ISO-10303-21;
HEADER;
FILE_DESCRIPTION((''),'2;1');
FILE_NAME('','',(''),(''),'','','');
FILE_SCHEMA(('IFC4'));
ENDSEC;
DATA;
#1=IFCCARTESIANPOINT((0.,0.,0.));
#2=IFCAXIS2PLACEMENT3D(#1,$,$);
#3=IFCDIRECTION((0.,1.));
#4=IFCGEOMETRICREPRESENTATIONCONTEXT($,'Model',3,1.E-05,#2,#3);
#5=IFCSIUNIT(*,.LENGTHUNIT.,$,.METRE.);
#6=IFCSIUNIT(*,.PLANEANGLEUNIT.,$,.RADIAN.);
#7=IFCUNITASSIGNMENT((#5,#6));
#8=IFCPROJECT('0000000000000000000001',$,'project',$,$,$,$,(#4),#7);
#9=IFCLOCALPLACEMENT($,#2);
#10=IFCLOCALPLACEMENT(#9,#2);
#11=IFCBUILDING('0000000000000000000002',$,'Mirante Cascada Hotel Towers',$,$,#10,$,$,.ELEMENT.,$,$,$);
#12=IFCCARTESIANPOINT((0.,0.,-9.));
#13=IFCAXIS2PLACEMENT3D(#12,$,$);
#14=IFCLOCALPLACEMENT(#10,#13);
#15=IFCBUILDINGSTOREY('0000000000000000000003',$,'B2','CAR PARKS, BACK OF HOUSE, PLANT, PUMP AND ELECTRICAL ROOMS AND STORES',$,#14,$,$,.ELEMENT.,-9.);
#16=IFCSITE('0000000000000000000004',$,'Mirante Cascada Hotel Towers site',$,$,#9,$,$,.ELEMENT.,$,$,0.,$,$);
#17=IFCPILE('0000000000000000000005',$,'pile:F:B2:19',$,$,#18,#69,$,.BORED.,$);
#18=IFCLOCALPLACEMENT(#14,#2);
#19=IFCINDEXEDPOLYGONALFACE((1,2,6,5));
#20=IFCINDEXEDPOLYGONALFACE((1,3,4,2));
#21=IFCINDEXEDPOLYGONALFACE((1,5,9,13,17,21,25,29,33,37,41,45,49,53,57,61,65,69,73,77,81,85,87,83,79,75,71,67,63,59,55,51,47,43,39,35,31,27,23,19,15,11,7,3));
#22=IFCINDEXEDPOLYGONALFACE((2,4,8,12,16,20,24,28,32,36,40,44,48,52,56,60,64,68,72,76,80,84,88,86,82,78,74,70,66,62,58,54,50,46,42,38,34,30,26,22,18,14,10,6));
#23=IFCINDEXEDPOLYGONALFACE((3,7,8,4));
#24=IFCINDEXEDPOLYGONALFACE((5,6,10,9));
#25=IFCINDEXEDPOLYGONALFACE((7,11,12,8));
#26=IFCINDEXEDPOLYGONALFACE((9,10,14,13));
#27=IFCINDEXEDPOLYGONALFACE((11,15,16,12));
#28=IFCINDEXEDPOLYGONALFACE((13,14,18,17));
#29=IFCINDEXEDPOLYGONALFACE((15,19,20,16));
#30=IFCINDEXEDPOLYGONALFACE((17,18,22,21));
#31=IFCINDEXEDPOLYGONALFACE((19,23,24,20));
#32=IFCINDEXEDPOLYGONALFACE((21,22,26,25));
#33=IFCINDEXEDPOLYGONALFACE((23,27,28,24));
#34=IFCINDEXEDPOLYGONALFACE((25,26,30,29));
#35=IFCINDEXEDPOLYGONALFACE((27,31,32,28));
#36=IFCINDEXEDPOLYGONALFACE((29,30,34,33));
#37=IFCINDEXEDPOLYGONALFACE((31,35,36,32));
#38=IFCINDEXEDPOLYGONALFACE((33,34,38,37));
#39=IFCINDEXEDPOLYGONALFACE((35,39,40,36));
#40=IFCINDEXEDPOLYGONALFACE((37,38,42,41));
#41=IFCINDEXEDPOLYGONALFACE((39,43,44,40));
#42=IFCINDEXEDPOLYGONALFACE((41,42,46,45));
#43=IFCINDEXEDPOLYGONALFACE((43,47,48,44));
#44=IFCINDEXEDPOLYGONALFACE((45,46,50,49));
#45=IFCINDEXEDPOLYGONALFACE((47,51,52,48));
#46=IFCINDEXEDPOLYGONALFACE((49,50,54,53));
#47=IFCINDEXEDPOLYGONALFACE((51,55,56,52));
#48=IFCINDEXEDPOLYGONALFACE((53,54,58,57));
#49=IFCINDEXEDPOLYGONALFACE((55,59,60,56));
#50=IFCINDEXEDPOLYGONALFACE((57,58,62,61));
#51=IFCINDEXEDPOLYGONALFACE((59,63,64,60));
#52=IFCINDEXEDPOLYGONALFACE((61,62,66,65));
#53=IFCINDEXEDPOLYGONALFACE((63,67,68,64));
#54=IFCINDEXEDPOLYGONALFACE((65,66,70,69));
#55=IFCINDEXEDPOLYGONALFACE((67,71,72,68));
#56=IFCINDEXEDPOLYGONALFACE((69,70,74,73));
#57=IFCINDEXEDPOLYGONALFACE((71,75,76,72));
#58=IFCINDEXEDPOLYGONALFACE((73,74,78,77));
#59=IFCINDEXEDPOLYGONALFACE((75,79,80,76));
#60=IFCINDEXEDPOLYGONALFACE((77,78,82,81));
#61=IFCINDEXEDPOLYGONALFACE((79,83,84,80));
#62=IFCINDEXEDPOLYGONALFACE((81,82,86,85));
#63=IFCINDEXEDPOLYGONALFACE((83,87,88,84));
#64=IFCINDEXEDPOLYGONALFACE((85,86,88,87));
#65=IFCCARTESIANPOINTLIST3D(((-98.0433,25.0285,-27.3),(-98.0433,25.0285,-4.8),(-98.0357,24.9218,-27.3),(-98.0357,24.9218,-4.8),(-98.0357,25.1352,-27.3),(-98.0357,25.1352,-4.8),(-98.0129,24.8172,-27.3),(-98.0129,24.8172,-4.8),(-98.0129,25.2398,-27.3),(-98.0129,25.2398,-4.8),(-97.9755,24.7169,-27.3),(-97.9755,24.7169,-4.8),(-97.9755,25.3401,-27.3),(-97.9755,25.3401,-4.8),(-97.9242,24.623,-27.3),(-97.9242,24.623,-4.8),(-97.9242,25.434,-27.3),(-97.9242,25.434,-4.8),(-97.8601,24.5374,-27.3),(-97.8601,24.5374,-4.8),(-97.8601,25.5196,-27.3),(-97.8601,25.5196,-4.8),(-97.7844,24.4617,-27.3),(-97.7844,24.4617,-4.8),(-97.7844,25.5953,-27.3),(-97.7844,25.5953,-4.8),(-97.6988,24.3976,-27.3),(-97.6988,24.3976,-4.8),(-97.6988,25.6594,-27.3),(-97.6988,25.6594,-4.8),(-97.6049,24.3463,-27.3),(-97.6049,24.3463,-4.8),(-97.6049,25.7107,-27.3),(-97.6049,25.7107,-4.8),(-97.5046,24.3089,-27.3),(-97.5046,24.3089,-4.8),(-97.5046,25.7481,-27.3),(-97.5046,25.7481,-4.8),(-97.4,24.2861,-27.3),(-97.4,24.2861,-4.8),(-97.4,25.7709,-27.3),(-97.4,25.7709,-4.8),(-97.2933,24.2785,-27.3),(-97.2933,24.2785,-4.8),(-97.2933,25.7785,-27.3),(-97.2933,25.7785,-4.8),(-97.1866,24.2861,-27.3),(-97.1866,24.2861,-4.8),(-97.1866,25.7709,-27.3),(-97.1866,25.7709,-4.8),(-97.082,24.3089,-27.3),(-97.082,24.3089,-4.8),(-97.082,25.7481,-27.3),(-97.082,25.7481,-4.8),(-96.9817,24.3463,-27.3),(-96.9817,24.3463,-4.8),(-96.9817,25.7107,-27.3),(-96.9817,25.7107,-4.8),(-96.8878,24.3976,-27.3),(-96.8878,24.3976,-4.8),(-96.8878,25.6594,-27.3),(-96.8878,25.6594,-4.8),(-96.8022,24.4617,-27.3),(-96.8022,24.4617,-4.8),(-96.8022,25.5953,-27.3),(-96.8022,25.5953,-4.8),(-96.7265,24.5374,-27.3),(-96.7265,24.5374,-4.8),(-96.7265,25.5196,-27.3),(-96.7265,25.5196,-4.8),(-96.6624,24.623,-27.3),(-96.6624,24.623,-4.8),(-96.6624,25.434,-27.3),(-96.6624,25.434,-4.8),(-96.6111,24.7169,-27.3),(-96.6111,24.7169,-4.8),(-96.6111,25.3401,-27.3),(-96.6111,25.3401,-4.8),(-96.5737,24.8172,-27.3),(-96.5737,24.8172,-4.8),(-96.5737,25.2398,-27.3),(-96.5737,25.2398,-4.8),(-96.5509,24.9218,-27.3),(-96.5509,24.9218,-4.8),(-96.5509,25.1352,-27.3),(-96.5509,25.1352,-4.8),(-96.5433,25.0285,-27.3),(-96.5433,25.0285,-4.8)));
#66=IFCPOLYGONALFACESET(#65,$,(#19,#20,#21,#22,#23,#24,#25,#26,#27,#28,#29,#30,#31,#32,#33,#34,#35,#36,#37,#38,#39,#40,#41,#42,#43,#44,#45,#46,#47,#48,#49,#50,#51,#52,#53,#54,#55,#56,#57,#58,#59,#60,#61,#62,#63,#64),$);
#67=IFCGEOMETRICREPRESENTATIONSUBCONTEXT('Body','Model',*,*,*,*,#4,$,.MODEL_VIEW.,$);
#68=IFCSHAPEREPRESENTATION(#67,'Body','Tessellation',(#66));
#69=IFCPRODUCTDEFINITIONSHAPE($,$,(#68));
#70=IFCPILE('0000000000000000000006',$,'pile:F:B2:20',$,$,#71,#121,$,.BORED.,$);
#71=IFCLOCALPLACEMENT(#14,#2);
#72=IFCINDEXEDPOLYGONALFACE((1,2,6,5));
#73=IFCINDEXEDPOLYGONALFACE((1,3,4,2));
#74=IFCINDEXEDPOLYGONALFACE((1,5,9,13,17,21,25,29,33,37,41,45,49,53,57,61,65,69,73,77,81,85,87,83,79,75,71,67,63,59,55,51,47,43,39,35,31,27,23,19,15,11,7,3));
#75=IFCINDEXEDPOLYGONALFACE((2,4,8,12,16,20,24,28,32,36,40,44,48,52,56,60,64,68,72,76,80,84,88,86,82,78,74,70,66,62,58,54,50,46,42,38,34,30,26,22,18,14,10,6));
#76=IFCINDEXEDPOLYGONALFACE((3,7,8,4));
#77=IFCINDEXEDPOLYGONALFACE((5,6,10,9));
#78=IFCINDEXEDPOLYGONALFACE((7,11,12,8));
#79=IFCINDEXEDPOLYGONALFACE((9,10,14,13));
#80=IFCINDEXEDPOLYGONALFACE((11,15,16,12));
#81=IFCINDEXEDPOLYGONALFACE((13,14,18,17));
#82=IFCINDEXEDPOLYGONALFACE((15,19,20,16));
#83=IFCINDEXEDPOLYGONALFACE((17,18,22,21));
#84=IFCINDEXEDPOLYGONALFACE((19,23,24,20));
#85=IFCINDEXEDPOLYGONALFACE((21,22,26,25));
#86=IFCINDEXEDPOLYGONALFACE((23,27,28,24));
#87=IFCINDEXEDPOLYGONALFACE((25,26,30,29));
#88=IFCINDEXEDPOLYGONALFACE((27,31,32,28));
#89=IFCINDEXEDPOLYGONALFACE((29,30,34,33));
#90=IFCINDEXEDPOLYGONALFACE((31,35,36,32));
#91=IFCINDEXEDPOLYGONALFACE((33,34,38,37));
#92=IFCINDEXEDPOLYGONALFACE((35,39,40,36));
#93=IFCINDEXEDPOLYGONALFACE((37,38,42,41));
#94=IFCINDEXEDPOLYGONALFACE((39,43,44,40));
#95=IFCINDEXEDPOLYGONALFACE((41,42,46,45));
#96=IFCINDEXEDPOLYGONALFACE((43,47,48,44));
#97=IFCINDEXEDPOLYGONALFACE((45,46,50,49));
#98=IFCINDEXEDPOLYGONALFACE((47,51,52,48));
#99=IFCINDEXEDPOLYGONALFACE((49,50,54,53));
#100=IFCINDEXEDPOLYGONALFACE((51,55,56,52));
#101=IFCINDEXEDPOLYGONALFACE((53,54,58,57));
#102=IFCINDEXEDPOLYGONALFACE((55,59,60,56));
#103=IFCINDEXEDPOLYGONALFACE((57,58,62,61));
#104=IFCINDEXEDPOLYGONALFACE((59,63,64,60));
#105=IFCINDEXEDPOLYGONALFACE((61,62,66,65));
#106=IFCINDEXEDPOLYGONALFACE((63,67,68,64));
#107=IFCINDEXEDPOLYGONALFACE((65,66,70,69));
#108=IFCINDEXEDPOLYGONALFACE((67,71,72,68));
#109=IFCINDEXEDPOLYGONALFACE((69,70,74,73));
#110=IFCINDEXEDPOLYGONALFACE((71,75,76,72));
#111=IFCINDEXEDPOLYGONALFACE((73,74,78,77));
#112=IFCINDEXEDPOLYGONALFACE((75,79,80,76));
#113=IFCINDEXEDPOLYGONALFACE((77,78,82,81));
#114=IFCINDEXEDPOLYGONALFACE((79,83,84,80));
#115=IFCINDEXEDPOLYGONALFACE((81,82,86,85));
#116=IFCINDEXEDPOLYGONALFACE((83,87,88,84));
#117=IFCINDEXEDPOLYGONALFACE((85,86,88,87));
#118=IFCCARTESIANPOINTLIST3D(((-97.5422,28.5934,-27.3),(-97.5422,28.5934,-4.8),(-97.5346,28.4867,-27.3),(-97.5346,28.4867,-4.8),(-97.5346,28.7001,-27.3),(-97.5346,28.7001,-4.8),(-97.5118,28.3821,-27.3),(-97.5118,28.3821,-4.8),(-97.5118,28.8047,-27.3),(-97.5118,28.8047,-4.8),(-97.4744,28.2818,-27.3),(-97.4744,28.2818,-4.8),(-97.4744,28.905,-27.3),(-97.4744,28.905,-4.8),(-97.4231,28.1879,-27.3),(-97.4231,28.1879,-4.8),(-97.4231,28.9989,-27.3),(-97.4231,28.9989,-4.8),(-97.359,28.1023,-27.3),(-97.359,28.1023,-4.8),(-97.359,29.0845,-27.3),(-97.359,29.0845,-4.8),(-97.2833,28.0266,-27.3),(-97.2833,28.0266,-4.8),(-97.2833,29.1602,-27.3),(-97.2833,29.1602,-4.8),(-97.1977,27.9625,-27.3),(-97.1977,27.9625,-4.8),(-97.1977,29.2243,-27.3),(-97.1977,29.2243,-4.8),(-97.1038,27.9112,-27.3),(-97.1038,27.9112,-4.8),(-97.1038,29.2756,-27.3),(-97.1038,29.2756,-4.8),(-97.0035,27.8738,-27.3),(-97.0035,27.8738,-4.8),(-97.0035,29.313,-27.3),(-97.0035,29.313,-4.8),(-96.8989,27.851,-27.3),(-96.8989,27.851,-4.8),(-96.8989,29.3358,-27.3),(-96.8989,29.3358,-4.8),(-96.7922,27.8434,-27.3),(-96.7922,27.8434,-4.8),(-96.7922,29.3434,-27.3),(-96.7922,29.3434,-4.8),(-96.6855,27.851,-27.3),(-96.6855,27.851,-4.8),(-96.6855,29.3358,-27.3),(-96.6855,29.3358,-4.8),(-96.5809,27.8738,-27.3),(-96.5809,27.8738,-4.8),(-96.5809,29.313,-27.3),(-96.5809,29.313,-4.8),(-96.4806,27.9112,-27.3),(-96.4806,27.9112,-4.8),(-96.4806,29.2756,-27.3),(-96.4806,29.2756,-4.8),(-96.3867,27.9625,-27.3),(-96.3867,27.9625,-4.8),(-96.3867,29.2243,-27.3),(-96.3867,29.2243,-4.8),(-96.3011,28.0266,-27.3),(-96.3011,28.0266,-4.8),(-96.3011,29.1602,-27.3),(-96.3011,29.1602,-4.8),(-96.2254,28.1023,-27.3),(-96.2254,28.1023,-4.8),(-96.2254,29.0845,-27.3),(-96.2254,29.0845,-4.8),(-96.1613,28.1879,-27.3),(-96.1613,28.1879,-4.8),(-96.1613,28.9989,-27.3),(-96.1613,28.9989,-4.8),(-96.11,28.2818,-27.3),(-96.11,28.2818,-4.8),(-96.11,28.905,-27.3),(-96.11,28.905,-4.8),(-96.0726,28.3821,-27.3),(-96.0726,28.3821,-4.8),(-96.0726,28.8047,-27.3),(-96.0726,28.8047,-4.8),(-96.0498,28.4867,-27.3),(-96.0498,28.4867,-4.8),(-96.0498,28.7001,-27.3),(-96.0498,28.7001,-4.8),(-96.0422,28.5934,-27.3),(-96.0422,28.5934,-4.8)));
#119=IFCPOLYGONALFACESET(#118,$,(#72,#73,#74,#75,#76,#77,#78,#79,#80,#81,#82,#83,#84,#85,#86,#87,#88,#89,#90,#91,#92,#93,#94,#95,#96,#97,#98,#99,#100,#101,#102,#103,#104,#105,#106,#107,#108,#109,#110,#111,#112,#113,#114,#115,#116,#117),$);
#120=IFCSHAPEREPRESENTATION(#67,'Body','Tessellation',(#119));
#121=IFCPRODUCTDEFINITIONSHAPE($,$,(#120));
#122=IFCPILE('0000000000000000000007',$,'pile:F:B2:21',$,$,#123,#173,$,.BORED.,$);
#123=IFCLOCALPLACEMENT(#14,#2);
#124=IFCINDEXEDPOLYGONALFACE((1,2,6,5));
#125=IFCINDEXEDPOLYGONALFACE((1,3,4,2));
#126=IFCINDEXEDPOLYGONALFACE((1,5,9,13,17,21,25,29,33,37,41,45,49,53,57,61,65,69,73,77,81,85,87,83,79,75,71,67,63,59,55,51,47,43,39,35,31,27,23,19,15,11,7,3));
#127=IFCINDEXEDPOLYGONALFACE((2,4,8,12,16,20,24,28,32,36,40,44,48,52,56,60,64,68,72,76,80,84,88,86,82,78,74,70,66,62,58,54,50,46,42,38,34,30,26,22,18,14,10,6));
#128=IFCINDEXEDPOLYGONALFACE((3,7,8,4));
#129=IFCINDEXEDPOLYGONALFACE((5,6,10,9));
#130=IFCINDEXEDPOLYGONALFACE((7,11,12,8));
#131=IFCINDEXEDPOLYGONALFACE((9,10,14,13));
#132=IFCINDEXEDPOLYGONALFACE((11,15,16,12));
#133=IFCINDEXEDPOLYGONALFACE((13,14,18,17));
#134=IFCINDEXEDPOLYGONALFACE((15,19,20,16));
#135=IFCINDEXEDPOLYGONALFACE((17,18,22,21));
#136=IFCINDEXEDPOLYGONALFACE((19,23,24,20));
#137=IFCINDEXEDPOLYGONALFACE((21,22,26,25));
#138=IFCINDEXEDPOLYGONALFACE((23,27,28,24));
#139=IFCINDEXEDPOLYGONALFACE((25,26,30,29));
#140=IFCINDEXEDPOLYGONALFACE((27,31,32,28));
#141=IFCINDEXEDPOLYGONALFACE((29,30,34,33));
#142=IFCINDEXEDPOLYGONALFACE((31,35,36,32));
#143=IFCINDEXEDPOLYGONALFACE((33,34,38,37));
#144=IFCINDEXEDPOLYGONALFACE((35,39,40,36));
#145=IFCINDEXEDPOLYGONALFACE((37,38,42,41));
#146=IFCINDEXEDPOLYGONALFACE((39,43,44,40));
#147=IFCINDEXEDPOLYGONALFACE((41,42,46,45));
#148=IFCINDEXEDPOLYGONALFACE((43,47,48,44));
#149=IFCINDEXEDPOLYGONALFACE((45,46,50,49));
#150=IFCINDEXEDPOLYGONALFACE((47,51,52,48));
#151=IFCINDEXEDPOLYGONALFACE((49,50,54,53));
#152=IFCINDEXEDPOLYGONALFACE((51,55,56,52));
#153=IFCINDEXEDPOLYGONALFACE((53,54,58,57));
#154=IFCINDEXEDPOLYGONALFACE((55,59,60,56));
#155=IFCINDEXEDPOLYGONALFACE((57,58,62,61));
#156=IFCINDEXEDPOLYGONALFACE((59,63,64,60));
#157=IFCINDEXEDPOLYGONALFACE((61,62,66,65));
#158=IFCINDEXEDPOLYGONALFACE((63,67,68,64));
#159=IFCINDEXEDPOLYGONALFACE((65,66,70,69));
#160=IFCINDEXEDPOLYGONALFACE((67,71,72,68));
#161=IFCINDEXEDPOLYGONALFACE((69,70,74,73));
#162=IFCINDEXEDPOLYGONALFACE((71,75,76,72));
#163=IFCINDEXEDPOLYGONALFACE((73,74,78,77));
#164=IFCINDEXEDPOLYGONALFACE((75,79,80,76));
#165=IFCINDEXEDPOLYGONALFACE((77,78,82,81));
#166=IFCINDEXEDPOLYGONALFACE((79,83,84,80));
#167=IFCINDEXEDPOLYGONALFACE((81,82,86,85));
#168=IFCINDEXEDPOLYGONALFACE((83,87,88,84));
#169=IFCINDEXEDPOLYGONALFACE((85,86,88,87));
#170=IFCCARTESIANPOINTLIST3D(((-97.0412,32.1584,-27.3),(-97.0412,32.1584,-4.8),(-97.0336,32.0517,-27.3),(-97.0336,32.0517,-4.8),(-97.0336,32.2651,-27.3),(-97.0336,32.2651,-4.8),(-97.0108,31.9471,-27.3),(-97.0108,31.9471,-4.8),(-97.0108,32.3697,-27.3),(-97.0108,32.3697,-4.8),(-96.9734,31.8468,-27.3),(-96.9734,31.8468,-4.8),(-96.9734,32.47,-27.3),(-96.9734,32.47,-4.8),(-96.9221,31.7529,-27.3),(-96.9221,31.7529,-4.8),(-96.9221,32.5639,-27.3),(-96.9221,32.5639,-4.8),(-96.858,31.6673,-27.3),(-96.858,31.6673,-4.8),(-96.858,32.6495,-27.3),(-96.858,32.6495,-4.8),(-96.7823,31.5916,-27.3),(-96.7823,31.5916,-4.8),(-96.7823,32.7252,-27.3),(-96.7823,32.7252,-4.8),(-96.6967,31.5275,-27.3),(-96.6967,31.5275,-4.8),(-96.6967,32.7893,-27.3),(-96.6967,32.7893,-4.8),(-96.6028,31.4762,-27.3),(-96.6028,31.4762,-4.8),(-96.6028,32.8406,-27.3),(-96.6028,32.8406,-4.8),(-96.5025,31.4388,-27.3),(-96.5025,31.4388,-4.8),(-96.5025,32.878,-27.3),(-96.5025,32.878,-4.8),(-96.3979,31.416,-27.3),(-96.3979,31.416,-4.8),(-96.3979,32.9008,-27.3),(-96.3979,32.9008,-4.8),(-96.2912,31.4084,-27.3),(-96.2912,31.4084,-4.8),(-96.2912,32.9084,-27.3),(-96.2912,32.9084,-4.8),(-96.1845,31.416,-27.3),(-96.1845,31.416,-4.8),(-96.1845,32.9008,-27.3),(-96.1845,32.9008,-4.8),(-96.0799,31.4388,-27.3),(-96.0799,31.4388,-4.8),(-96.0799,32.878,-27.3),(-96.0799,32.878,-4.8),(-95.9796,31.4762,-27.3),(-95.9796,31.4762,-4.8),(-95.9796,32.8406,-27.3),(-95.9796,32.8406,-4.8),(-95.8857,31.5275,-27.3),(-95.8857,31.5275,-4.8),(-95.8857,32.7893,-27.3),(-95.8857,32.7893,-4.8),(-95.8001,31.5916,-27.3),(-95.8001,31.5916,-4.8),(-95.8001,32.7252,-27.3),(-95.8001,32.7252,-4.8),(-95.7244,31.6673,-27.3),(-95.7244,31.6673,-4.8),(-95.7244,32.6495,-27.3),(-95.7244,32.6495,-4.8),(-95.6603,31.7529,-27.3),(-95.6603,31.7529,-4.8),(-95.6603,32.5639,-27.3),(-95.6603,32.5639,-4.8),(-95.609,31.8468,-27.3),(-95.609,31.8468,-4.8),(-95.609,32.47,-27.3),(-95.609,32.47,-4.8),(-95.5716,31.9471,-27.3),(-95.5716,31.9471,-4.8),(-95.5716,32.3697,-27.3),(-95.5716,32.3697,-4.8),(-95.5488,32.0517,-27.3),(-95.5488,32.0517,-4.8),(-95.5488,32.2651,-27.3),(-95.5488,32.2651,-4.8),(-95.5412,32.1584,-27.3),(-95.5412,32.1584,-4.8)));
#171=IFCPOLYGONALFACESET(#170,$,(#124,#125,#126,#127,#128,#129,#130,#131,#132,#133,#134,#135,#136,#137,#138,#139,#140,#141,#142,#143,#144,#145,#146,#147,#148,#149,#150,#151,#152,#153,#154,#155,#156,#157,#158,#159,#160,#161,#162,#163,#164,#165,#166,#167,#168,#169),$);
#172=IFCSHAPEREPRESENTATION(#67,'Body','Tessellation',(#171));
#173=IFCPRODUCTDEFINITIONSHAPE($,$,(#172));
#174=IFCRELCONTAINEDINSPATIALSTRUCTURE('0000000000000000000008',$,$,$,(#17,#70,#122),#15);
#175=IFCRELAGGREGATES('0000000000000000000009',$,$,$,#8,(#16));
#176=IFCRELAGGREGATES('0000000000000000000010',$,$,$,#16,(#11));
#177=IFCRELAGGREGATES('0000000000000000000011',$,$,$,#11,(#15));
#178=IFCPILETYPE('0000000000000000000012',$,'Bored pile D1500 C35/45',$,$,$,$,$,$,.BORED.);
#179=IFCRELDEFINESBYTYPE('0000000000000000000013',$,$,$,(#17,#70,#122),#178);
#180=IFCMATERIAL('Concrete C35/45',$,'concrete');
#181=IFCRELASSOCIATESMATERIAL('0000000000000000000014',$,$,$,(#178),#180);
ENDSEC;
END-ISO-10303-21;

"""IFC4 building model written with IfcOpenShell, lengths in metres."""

from ifc_helpers import new_model, si_unit, direction, frame, origin, origin_2d, place, context, subcontext, project, spatial, circle, extrude, material, material_profile, profile_set, type_object, element, save


model = new_model("IFC4")

# Units and contexts
model_context = context("Model", 3, precision=1e-05, world=origin(), true_north=direction((0.0, 1.0)))
body_context = subcontext(model_context, "Body", "Model", "MODEL_VIEW")
ifc_project = project(units=[si_unit("LENGTHUNIT", "METRE"), si_unit("PLANEANGLEUNIT", "RADIAN")], contexts=[model_context])

# Site, building, storey
site_placement = place(None, origin())
site = spatial("IfcSite", under=ifc_project, at=site_placement, Name="Mirante Cascada Hotel Towers site", CompositionType="ELEMENT", RefElevation=0.0)
building_placement = place(site_placement, origin())
building = spatial("IfcBuilding", under=site, at=building_placement, Name="Mirante Cascada Hotel Towers", CompositionType="ELEMENT")
storey_placement = place(building_placement, frame((0.0, 0.0, -9.0)))
storey = spatial("IfcBuildingStorey", under=building, at=storey_placement, Name="B2", Description="CAR PARKS, BACK OF HOUSE, PLANT, PUMP AND ELECTRICAL ROOMS AND STORES", CompositionType="ELEMENT", Elevation=-9.0)

# Piles
ifc_material_1 = material(Name="Concrete C35/45", Category="concrete")
ifc_material_profile_1 = material_profile(ifc_material_1, circle(Radius=0.75, at=origin_2d()), Name="RC D1500")
ifc_profile_set_1 = profile_set([ifc_material_profile_1], Name="Concrete C35/45")
pile_type = type_object("IfcPileType", Name="Bored pile D1500 C35/45", PredefinedType="BORED", material=ifc_profile_set_1)
for number, where, z_axis, x_axis, name in (
    (1, (-97.2933, 25.0285, -4.8), (0.0, 0.0, -1.0), (1.0, 0.0, 0.0), "pile:F:B2:19"),
    (2, (-96.7922, 28.5934, -4.8), (0.0, 0.0, -1.0), (1.0, 0.0, 0.0), "pile:F:B2:20"),
    (3, (-96.2912, 32.1584, -4.8), (0.0, 0.0, -1.0), (1.0, 0.0, 0.0), "pile:F:B2:21"),
):
    element("IfcPile", number, at=place(storey_placement, frame(where, z_axis=z_axis, x_axis=x_axis)), inside=storey, type_object=pile_type, Name=name, PredefinedType="BORED", context=body_context, shape_type="SweptSolid", body=[
        extrude(circle(Radius=0.75, at=origin_2d()), origin(), (0.0, 0.0, 1.0), 22.5),
    ])

save(model, "model.ifc")
